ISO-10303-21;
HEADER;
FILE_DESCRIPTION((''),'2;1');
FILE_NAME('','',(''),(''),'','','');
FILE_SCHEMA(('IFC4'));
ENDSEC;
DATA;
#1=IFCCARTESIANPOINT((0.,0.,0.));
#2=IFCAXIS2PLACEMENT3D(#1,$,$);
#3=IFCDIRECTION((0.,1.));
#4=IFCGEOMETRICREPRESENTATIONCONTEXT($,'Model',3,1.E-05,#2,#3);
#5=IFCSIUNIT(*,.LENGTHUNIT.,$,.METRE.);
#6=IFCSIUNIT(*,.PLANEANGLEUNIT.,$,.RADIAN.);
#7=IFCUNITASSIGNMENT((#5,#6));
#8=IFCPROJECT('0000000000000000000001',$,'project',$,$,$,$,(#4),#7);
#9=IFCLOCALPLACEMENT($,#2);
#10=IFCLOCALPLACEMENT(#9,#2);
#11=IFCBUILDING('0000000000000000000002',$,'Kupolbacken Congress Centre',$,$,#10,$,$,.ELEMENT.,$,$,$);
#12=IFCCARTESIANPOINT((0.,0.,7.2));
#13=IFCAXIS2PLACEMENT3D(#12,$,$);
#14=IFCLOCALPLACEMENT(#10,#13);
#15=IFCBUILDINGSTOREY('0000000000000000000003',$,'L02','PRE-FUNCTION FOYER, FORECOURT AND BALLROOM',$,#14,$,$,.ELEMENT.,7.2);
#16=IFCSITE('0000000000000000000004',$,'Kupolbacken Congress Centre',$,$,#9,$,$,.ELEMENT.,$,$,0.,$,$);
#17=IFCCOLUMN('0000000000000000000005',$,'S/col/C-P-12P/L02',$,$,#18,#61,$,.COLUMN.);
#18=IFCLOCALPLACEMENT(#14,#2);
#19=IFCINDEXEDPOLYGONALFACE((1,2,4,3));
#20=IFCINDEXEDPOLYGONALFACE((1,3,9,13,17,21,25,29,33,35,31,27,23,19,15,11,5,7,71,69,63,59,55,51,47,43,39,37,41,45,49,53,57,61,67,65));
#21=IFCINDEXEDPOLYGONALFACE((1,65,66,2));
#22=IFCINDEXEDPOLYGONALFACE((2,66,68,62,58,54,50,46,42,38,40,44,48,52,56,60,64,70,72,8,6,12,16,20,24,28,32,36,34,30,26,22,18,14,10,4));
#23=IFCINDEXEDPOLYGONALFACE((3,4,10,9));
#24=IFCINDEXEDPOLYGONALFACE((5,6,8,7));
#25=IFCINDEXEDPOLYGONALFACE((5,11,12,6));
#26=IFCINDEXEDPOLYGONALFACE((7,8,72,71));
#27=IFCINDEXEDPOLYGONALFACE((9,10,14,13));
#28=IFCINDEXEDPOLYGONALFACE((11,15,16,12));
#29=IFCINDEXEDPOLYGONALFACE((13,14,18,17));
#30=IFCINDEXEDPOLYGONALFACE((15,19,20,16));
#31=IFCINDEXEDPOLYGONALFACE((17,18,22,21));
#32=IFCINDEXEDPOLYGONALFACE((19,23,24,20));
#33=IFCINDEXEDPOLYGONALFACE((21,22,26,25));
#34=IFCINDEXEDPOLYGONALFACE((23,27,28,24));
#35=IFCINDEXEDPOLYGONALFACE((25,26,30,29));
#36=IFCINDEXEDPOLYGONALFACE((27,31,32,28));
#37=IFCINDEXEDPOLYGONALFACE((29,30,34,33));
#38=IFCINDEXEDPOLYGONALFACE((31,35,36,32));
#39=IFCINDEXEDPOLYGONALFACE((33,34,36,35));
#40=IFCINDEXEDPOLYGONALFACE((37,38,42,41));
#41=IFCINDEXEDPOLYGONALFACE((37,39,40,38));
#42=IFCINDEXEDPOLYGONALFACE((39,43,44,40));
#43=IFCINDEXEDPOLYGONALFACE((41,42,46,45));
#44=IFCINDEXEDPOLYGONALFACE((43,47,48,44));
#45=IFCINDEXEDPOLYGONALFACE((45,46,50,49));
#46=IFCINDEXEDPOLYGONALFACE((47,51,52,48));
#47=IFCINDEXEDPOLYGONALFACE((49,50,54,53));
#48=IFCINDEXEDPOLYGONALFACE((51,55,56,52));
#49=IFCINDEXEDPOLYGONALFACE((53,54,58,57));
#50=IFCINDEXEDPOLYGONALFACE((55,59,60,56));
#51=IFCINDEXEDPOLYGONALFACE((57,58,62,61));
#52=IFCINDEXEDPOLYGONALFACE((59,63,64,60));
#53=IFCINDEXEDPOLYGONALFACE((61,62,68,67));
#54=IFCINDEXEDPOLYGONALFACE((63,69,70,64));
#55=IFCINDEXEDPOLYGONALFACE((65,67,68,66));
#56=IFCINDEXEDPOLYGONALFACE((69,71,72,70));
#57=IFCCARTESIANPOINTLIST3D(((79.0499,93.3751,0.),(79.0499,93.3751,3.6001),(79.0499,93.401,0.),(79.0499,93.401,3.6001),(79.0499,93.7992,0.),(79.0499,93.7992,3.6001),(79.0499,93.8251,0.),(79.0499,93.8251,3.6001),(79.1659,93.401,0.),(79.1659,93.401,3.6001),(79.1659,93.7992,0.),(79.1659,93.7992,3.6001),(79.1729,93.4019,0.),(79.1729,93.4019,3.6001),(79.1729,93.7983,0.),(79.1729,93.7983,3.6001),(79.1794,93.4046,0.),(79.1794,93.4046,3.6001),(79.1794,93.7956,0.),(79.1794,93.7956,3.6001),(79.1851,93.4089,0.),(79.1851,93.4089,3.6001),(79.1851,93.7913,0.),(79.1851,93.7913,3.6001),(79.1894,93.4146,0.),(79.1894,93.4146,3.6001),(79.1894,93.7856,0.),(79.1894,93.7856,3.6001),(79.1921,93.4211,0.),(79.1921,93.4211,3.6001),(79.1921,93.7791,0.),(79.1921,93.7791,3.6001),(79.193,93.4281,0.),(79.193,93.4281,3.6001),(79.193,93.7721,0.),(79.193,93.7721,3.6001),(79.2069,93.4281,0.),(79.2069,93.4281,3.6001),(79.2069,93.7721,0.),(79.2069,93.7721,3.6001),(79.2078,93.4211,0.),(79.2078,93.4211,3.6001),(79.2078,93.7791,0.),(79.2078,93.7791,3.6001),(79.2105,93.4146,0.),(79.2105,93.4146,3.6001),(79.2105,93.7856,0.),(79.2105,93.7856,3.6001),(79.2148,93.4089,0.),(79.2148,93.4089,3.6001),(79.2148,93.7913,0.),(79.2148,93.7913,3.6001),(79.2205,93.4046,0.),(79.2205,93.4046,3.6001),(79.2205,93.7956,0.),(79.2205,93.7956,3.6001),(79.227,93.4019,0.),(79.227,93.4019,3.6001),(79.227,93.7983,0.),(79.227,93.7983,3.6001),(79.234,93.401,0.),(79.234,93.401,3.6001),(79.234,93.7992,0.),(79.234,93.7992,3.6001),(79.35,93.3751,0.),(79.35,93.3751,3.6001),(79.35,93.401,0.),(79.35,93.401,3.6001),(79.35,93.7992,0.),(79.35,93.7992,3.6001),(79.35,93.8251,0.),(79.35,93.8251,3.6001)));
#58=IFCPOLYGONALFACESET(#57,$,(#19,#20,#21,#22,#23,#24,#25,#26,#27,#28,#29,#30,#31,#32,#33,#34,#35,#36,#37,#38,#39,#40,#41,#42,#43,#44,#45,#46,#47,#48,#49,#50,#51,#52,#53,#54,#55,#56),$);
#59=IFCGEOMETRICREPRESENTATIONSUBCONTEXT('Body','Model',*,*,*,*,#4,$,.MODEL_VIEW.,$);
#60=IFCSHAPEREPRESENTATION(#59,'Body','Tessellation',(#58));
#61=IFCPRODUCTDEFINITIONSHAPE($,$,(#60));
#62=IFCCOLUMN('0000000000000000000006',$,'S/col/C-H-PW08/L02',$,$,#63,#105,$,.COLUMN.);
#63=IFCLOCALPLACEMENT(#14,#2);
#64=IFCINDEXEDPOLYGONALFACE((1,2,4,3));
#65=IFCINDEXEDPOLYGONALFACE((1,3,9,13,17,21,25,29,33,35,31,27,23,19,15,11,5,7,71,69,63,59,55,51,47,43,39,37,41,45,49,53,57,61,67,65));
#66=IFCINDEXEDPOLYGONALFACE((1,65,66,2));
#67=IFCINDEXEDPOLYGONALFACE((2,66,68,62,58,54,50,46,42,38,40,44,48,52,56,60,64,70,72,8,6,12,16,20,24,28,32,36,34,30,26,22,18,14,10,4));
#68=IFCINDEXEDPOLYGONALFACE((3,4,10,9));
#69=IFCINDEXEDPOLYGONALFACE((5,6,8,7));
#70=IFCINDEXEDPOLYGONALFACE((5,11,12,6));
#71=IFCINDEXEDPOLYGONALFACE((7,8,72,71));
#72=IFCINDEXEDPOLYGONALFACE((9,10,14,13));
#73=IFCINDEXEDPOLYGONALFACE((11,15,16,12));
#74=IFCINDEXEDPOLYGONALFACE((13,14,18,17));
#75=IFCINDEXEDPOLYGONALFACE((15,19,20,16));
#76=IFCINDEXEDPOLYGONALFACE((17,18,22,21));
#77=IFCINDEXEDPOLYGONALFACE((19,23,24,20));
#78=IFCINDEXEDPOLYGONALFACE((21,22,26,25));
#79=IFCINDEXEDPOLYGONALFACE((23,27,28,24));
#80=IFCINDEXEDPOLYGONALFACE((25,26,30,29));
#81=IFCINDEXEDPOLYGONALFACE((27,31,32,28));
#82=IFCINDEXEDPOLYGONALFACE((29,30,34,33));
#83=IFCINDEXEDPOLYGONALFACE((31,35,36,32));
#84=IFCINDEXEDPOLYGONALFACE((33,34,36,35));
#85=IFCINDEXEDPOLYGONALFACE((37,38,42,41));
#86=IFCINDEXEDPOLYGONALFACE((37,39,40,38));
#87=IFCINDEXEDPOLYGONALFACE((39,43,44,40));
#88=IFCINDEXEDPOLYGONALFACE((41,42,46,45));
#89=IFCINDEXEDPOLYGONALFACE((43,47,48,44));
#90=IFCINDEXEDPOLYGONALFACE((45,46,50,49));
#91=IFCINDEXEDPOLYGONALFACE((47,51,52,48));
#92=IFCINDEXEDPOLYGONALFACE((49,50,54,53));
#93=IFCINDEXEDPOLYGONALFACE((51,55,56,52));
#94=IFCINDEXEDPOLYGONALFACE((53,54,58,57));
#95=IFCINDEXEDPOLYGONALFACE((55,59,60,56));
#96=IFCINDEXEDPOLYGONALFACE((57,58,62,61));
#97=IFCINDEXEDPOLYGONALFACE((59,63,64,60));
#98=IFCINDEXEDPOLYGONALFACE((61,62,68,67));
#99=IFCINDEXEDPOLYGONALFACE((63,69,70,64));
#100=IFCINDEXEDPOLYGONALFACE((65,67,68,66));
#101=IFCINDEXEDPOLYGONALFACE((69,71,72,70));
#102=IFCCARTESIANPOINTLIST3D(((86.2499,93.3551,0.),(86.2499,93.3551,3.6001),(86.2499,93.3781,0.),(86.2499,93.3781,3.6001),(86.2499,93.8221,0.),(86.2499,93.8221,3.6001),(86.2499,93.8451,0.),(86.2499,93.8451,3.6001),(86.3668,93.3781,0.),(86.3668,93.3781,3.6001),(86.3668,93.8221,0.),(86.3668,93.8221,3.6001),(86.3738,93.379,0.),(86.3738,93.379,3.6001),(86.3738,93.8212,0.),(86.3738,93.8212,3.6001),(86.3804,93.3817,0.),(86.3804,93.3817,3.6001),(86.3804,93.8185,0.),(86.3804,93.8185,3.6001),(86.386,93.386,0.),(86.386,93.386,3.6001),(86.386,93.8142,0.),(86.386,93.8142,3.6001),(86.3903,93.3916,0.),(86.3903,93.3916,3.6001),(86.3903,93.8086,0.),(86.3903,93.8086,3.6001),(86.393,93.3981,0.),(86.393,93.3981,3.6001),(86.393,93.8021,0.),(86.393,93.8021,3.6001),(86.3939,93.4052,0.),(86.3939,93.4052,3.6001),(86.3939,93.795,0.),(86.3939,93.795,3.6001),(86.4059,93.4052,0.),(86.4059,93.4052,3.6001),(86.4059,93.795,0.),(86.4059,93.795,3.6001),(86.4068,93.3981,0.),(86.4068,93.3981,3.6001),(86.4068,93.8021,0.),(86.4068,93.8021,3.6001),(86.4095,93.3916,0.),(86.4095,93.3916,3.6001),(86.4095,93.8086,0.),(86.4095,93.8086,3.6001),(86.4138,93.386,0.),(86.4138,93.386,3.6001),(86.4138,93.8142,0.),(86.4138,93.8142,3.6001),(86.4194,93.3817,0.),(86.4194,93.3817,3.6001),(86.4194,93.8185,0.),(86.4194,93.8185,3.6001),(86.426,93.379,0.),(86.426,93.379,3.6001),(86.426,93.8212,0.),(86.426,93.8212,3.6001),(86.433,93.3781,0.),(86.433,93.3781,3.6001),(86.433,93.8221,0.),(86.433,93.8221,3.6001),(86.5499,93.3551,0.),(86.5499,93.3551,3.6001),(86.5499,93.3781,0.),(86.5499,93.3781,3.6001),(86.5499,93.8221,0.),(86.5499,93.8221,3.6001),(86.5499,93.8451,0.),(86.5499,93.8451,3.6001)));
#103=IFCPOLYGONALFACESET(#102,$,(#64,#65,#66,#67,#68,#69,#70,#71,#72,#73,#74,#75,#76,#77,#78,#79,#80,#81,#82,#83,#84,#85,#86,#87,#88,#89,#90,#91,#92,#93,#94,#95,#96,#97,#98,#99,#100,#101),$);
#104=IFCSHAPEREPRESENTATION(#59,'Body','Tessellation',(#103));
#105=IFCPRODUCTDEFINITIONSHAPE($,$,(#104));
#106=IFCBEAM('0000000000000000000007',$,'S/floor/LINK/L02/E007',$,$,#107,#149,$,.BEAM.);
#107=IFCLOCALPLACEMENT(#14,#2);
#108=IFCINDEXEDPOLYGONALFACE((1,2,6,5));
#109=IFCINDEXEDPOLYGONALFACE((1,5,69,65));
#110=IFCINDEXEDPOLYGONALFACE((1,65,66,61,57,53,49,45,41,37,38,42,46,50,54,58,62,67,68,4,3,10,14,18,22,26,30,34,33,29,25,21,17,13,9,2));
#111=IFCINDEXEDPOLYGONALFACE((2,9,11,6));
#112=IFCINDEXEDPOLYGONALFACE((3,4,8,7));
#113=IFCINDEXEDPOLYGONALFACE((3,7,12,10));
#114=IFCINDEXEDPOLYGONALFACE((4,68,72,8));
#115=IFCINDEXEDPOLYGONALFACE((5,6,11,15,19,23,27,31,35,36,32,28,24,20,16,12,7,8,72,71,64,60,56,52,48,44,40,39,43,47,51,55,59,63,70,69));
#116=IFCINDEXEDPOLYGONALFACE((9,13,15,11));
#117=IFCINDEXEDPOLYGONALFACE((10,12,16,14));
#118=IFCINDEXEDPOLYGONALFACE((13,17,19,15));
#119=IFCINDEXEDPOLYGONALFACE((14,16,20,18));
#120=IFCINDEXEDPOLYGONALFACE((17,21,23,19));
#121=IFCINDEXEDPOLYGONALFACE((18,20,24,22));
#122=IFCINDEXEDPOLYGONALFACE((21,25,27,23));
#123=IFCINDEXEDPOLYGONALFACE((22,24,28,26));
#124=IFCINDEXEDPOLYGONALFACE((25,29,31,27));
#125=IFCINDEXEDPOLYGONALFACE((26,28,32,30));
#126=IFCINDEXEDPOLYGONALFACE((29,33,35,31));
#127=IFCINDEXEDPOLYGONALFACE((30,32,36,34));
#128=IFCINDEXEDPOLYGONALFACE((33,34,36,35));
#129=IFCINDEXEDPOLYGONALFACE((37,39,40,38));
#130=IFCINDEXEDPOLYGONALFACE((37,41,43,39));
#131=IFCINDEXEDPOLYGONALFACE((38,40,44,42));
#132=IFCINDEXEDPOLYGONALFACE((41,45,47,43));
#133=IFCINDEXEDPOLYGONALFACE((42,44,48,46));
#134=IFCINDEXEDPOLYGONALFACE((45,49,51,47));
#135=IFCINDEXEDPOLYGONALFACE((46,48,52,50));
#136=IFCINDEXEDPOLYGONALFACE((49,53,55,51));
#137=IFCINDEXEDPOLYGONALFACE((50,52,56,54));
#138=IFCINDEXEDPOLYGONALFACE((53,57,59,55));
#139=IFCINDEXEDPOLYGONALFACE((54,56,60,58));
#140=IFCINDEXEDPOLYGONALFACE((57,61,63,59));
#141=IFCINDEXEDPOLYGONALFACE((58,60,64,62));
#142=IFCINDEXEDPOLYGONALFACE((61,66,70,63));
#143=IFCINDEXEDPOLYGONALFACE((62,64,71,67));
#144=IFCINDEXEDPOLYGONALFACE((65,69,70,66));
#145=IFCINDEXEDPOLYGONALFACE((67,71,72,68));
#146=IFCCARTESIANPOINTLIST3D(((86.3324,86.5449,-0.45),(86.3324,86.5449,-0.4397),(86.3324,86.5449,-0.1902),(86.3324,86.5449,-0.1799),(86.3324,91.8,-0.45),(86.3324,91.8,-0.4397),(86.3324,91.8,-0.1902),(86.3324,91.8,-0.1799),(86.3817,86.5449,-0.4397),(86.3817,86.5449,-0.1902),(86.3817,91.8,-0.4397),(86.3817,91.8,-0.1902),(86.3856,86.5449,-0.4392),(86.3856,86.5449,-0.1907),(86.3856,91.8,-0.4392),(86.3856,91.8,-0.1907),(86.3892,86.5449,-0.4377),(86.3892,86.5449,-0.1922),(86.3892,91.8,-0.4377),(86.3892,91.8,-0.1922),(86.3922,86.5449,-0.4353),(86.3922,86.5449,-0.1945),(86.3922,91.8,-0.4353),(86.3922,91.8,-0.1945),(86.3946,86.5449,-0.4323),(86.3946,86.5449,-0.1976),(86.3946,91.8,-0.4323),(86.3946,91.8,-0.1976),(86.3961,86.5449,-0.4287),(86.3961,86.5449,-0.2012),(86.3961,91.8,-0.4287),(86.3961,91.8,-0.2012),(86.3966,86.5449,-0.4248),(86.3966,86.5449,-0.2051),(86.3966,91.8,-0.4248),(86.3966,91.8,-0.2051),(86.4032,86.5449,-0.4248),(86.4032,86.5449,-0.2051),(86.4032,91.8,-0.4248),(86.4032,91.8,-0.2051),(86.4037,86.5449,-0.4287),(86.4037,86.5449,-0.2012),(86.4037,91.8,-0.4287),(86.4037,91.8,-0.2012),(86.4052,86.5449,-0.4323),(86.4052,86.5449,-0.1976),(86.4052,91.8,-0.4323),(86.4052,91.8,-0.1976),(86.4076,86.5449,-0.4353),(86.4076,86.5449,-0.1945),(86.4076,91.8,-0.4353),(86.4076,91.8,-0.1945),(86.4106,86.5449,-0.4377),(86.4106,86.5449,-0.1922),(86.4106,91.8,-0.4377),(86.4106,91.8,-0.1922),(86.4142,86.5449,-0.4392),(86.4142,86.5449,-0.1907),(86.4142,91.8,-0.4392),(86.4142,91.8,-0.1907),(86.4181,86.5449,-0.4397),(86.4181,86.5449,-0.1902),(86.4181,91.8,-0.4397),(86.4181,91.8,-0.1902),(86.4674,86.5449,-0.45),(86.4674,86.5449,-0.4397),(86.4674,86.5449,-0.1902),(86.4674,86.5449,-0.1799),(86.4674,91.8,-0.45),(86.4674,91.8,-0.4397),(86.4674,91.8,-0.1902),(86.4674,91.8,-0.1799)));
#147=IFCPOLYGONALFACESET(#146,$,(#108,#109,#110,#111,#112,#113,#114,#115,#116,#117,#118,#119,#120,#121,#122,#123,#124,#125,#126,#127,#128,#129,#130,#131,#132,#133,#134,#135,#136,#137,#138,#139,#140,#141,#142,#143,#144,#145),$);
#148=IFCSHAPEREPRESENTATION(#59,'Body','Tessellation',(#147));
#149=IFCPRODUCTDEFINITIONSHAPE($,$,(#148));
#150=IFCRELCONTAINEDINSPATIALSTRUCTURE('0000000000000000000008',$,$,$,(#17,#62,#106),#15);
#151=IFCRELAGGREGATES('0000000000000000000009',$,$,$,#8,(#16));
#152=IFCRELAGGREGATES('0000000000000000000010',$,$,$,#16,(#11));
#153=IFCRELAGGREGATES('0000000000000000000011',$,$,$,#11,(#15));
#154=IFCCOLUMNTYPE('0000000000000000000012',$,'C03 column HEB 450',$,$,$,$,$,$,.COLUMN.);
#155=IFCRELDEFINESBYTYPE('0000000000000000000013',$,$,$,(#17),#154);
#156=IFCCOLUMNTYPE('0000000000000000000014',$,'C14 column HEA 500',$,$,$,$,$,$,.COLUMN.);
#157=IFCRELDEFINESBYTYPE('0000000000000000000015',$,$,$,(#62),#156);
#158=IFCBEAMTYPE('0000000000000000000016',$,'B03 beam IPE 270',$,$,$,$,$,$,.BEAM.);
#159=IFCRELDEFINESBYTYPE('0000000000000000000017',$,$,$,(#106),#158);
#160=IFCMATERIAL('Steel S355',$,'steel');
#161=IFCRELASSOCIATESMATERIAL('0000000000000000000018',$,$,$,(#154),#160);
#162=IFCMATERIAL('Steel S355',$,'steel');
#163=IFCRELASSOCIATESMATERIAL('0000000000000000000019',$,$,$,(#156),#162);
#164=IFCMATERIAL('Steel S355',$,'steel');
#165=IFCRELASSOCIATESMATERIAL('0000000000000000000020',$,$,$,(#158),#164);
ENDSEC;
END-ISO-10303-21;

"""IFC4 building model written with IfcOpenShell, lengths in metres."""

from ifc_helpers import new_model, si_unit, direction, frame, origin, origin_2d, place, context, subcontext, project, spatial, i_section, extrude, material, material_profile, profile_set, type_object, element, save


model = new_model("IFC4")

# Units and contexts
model_context = context("Model", 3, precision=1e-05, world=origin(), true_north=direction((0.0, 1.0)))
body_context = subcontext(model_context, "Body", "Model", "MODEL_VIEW")
ifc_project = project(units=[si_unit("LENGTHUNIT", "METRE"), si_unit("PLANEANGLEUNIT", "RADIAN")], contexts=[model_context])

# Site, building, storey
site_placement = place(None, origin())
site = spatial("IfcSite", under=ifc_project, at=site_placement, Name="Kupolbacken Congress Centre", CompositionType="ELEMENT", RefElevation=0.0)
building_placement = place(site_placement, origin())
building = spatial("IfcBuilding", under=site, at=building_placement, Name="Kupolbacken Congress Centre", CompositionType="ELEMENT")
storey_placement = place(building_placement, frame((0.0, 0.0, 7.2)))
storey = spatial("IfcBuildingStorey", under=building, at=storey_placement, Name="L02", Description="PRE-FUNCTION FOYER, FORECOURT AND BALLROOM", CompositionType="ELEMENT", Elevation=7.2)

# Columns
ifc_material_1 = material(Name="Steel S355", Category="steel")
ifc_material_profile_1 = material_profile(ifc_material_1, i_section(OverallWidth=0.3, OverallDepth=0.45, WebThickness=0.0139, FlangeThickness=0.0259, FilletRadius=0.0271, at=origin_2d()), Name="HEB 450")
ifc_profile_set_1 = profile_set([ifc_material_profile_1], Name="Steel S355")
column_type_1 = type_object("IfcColumnType", Name="C03 column HEB 450", PredefinedType="COLUMN", material=ifc_profile_set_1)
column_1_placement = place(storey_placement, frame((79.2, 93.6001, 0.0), z_axis=(0.0, 0.0, 1.0), x_axis=(1.0, 0.0, 0.0)))
element("IfcColumn", 1, at=column_1_placement, inside=storey, type_object=column_type_1, Name="S/col/C-P-12P/L02", PredefinedType="COLUMN", context=body_context, shape_type="SweptSolid", body=[
    extrude(i_section(OverallWidth=0.3, OverallDepth=0.45, WebThickness=0.0139, FlangeThickness=0.0259, FilletRadius=0.0271, at=origin_2d()), origin(), (0.0, 0.0, 1.0), 3.6001),
])
ifc_material_2 = material(Name="Steel S355", Category="steel")
ifc_material_profile_2 = material_profile(ifc_material_2, i_section(OverallWidth=0.3, OverallDepth=0.49, WebThickness=0.012, FlangeThickness=0.0229, FilletRadius=0.0271, at=origin_2d()), Name="HEA 500")
ifc_profile_set_2 = profile_set([ifc_material_profile_2], Name="Steel S355")
column_type_2 = type_object("IfcColumnType", Name="C14 column HEA 500", PredefinedType="COLUMN", material=ifc_profile_set_2)
column_2_placement = place(storey_placement, frame((86.3999, 93.6001, 0.0), z_axis=(0.0, 0.0, 1.0), x_axis=(1.0, 0.0, 0.0)))
element("IfcColumn", 2, at=column_2_placement, inside=storey, type_object=column_type_2, Name="S/col/C-H-PW08/L02", PredefinedType="COLUMN", context=body_context, shape_type="SweptSolid", body=[
    extrude(i_section(OverallWidth=0.3, OverallDepth=0.49, WebThickness=0.012, FlangeThickness=0.0229, FilletRadius=0.0271, at=origin_2d()), origin(), (0.0, 0.0, 1.0), 3.6001),
])

# Beam
ifc_material_3 = material(Name="Steel S355", Category="steel")
ifc_material_profile_3 = material_profile(ifc_material_3, i_section(OverallWidth=0.135, OverallDepth=0.27, WebThickness=0.0066, FlangeThickness=0.0103, FilletRadius=0.0149, at=origin_2d()), Name="IPE 270")
ifc_profile_set_3 = profile_set([ifc_material_profile_3], Name="Steel S355")
beam_type_1 = type_object("IfcBeamType", Name="B03 beam IPE 270", PredefinedType="BEAM", material=ifc_profile_set_3)
beam_1_placement = place(storey_placement, frame((86.3999, 86.5449, -0.3149), z_axis=(0.0, 1.0, 0.0), x_axis=(-1.0, 0.0, 0.0)))
element("IfcBeam", 3, at=beam_1_placement, inside=storey, type_object=beam_type_1, Name="S/floor/LINK/L02/E007", PredefinedType="BEAM", context=body_context, shape_type="SweptSolid", body=[
    extrude(i_section(OverallWidth=0.135, OverallDepth=0.27, WebThickness=0.0066, FlangeThickness=0.0103, FilletRadius=0.0149, at=origin_2d()), origin(), (0.0, 0.0, 1.0), 5.2551),
])

save(model, "model.ifc")
